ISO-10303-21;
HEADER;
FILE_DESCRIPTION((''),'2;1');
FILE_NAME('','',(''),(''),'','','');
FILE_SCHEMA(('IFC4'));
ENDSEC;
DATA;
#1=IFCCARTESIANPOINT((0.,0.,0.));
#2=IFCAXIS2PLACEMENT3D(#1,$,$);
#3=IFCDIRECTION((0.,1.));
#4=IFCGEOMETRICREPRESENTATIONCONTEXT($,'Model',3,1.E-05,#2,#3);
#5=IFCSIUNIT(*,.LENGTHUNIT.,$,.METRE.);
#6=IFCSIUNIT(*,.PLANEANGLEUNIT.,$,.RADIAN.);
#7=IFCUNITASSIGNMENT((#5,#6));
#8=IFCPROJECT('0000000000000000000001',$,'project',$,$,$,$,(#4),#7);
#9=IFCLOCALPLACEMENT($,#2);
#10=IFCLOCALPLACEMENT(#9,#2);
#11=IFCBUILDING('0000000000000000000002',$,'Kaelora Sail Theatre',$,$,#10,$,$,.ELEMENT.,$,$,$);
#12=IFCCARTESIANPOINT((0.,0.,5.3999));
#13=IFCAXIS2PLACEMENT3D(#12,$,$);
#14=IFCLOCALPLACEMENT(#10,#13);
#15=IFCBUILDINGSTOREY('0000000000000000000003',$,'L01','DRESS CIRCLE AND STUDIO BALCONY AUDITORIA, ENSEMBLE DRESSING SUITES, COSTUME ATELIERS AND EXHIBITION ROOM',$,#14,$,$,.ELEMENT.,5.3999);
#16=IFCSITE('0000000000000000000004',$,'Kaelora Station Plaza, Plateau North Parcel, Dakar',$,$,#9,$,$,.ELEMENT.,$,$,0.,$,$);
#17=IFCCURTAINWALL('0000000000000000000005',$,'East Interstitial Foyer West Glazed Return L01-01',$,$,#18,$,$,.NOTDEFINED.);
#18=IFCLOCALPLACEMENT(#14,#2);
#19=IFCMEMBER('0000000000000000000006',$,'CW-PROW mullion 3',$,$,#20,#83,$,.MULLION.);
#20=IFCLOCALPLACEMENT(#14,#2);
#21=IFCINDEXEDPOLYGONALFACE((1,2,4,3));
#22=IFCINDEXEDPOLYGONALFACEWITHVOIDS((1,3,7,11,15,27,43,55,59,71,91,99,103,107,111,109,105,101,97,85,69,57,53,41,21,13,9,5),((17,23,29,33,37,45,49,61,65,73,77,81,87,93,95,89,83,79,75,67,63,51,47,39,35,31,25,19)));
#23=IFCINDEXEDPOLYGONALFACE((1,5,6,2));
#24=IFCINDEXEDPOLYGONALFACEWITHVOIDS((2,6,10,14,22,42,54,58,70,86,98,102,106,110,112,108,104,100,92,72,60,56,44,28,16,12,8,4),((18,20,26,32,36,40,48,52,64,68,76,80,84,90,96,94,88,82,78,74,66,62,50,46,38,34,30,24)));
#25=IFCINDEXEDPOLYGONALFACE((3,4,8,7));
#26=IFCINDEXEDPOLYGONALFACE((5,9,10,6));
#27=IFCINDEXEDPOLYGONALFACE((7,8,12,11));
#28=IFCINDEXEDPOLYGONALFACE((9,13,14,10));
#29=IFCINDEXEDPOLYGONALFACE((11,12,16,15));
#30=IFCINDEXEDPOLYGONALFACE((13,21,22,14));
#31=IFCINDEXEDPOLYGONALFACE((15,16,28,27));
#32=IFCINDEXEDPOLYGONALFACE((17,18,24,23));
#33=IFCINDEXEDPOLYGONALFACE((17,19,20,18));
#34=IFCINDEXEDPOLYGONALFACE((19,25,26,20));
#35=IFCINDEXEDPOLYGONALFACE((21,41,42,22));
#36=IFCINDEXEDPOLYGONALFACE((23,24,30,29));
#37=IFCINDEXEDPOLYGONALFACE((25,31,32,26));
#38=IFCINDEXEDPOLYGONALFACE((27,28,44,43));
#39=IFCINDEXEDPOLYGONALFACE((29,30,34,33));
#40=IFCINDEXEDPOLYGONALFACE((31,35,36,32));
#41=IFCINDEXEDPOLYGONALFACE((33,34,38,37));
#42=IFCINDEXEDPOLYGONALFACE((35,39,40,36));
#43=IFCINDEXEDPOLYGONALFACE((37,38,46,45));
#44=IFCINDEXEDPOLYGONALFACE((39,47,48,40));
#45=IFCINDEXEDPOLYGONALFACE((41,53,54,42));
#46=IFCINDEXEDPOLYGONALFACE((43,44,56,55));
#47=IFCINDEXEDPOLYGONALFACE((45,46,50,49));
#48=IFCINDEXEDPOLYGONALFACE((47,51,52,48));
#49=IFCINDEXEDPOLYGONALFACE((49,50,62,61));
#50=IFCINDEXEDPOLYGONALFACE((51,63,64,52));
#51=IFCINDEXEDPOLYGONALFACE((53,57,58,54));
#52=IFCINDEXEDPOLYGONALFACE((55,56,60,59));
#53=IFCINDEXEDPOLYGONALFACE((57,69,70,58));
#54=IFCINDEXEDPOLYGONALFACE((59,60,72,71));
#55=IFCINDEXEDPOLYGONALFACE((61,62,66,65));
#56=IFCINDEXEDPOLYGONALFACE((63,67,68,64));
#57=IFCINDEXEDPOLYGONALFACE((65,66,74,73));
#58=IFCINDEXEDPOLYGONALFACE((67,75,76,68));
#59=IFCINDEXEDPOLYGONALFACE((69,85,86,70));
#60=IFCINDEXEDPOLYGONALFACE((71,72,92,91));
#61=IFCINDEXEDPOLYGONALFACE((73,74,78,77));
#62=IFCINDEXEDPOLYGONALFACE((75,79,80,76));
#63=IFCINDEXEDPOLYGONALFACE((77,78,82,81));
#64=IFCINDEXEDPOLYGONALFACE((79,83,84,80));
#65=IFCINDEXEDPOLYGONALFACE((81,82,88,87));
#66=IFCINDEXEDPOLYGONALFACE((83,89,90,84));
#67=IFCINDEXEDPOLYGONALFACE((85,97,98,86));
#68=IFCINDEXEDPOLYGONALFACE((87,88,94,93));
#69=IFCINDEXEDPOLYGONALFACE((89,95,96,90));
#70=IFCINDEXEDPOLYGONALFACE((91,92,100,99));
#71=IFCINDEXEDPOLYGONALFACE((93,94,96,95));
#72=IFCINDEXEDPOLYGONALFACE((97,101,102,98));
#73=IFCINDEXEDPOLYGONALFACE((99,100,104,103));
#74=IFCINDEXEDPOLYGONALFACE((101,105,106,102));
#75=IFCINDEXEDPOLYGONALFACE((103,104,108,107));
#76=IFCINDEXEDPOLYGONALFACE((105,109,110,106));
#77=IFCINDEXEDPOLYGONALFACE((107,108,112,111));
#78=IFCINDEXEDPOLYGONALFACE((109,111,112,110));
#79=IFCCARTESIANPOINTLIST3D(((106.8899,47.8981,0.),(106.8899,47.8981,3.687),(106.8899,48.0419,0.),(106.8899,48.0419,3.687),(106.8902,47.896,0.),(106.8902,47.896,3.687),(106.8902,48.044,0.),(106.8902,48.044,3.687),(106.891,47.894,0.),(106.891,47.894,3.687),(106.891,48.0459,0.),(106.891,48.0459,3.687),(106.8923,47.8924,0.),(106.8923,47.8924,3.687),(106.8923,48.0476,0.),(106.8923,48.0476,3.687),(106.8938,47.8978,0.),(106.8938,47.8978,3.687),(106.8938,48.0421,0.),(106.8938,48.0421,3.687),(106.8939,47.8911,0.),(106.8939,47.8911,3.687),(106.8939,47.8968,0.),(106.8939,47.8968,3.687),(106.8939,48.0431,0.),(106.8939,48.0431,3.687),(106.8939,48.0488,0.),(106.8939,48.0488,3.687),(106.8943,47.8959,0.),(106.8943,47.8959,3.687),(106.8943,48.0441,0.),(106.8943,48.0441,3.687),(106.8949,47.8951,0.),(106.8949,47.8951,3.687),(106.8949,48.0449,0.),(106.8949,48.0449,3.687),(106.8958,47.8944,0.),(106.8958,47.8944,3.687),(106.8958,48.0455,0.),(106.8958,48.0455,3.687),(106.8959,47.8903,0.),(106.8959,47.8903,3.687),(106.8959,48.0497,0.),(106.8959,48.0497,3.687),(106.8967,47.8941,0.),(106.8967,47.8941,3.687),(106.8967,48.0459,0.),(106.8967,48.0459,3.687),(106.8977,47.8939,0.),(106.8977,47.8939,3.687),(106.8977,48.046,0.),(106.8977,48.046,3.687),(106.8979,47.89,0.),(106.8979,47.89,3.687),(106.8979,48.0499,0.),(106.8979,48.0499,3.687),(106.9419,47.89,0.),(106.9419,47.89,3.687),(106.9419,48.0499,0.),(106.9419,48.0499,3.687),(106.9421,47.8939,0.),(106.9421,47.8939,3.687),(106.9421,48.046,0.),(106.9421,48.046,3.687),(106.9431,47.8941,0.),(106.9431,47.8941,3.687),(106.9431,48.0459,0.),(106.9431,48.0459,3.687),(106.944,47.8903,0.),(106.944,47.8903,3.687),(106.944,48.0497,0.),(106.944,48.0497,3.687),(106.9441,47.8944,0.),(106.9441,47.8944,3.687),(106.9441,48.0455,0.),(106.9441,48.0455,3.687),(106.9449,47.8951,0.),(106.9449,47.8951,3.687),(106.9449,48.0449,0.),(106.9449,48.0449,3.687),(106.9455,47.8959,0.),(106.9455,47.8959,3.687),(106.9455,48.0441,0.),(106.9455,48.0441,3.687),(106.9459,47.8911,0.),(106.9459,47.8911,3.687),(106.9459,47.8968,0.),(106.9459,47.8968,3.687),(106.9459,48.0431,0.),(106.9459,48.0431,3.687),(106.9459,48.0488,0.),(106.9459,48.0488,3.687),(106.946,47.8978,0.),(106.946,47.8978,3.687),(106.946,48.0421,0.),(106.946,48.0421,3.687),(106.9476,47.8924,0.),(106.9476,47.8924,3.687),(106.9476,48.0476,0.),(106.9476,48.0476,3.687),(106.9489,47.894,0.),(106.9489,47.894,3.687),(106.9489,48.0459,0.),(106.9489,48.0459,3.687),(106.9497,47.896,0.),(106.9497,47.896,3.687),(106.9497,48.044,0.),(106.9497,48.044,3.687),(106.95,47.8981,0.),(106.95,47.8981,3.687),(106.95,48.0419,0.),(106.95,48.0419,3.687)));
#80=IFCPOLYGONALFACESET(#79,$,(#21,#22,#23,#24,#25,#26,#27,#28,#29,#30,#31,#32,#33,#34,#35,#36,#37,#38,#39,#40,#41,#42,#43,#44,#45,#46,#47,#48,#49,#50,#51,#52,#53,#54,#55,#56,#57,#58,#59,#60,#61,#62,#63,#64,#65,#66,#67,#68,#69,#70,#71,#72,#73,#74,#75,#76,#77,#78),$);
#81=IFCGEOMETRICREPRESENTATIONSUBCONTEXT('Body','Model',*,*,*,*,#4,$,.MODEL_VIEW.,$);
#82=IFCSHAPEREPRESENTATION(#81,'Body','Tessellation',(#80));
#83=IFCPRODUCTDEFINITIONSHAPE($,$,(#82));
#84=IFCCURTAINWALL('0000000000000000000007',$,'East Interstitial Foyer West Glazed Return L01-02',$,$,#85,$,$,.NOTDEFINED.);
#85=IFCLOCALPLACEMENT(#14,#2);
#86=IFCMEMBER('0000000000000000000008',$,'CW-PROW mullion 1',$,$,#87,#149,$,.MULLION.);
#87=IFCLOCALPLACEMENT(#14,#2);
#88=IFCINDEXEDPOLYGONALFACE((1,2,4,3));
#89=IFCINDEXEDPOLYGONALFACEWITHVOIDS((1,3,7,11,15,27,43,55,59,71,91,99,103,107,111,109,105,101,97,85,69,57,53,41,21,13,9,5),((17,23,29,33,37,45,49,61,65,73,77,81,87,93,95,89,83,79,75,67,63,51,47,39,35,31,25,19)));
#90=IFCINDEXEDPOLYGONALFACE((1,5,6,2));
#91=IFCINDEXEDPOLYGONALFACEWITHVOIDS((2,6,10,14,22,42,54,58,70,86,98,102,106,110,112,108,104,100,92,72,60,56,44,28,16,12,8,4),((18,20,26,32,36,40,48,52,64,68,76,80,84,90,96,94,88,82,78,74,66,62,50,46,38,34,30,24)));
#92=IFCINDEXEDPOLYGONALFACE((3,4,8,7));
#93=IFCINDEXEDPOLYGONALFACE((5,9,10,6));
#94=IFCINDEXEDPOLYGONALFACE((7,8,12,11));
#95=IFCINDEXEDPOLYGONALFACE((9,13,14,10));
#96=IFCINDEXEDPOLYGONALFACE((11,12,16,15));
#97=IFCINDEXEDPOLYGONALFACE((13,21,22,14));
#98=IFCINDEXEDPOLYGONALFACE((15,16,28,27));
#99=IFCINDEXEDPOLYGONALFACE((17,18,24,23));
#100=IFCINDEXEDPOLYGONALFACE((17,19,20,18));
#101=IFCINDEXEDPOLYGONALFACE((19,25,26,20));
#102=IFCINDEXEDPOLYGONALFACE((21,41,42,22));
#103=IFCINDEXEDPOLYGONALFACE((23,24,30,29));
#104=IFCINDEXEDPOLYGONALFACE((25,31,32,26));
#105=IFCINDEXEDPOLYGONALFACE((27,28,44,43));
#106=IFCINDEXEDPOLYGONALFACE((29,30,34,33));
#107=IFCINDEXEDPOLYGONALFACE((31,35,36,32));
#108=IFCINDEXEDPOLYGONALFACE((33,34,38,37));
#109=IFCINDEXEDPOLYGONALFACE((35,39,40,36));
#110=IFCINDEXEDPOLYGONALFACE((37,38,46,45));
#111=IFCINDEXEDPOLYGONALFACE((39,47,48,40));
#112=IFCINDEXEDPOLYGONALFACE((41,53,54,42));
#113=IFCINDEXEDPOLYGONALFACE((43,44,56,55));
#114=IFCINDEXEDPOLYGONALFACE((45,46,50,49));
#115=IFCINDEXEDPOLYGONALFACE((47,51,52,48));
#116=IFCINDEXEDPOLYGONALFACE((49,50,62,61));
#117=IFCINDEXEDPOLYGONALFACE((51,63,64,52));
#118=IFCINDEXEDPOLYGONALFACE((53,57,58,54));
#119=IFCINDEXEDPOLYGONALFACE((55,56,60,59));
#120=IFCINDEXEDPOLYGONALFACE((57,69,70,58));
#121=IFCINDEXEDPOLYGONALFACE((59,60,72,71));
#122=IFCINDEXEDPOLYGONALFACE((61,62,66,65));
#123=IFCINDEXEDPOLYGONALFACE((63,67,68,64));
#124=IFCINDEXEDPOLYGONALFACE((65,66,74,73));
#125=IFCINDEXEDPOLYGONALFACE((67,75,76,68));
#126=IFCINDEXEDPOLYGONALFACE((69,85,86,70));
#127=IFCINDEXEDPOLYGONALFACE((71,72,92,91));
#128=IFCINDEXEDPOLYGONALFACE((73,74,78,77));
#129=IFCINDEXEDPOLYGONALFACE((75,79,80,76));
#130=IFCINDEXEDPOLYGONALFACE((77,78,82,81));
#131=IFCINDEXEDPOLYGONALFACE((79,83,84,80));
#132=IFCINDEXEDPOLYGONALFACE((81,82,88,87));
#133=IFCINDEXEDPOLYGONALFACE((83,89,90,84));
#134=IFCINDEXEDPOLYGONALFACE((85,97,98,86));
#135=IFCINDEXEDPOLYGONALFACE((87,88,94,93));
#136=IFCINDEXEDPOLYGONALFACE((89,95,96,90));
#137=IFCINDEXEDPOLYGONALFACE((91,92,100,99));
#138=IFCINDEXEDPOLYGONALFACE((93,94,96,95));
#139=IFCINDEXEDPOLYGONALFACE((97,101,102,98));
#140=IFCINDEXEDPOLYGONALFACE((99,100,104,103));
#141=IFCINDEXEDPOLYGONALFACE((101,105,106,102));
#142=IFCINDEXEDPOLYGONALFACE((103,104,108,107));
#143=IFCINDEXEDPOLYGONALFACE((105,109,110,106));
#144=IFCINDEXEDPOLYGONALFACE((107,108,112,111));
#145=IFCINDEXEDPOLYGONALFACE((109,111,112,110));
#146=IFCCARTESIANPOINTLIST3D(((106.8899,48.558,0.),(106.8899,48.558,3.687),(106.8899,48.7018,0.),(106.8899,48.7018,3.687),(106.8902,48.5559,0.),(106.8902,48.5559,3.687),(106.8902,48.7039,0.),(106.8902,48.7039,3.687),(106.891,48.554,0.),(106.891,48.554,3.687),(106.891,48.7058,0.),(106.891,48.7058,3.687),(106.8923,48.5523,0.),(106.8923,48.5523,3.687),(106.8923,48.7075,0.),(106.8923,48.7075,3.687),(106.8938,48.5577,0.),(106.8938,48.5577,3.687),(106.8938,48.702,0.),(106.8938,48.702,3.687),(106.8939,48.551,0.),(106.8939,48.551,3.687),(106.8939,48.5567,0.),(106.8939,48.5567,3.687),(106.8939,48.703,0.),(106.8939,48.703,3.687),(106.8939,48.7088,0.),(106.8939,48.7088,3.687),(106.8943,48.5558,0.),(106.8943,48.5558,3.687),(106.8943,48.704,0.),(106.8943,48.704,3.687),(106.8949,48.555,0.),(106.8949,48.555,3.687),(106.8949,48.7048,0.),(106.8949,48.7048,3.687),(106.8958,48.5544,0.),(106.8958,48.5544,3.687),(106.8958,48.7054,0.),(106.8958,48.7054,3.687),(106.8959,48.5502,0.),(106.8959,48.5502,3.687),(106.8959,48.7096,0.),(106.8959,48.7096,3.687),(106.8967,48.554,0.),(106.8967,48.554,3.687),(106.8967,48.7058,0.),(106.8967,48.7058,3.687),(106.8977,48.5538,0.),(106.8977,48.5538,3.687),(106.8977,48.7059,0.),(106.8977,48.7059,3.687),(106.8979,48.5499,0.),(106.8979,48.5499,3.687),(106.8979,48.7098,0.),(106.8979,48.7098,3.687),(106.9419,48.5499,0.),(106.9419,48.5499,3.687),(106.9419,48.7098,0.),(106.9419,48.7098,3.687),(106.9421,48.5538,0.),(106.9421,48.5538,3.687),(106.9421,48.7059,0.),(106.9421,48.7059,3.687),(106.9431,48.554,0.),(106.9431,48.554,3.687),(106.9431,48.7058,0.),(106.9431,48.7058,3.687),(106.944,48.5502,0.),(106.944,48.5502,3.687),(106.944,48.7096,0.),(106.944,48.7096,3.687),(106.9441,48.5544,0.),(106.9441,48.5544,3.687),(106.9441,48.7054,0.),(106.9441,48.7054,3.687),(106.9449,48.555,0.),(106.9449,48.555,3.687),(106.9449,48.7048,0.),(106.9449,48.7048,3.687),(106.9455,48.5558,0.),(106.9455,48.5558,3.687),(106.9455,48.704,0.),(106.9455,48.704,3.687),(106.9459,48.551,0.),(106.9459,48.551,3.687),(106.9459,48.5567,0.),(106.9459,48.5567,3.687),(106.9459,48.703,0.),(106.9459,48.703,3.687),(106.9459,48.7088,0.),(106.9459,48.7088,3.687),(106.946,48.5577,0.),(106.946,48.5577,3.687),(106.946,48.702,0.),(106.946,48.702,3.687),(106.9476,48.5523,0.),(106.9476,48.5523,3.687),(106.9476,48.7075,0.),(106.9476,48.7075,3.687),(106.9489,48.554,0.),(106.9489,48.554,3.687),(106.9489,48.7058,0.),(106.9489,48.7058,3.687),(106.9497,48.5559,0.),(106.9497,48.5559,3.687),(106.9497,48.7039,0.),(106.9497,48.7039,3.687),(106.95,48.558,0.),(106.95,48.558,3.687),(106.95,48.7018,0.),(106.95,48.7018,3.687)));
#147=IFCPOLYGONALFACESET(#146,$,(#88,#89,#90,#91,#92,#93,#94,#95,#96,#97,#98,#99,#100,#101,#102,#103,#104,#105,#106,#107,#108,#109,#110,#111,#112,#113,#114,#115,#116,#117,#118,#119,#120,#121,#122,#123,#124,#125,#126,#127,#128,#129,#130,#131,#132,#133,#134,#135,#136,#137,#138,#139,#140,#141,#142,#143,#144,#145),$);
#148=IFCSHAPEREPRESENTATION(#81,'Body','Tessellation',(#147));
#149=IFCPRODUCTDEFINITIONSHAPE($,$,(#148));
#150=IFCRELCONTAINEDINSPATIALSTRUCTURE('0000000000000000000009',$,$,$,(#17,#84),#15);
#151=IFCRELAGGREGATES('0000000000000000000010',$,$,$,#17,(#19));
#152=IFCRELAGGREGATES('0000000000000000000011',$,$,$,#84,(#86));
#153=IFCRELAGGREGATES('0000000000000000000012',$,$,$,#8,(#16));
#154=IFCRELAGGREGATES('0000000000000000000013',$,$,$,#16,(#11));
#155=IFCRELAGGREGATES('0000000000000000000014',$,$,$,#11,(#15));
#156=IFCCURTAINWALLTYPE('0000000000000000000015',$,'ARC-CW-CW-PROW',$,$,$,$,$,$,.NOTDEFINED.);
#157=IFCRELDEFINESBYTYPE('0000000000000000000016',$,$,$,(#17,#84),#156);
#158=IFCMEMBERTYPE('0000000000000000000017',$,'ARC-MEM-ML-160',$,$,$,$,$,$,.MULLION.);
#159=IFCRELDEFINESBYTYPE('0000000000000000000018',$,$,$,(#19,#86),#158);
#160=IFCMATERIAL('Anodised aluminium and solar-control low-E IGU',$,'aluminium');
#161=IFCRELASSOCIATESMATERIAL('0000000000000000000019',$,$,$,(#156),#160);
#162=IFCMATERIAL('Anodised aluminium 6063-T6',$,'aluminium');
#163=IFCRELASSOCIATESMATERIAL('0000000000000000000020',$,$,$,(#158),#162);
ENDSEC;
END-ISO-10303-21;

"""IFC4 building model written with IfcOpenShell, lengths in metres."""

from ifc_helpers import new_model, si_unit, direction, frame, origin, origin_2d, place, context, subcontext, project, spatial, hollow_rectangle, extrude, material, material_profile, profile_set, type_object, element, aggregate, save


model = new_model("IFC4")

# Units and contexts
model_context = context("Model", 3, precision=1e-05, world=origin(), true_north=direction((0.0, 1.0)))
body_context = subcontext(model_context, "Body", "Model", "MODEL_VIEW")
ifc_project = project(units=[si_unit("LENGTHUNIT", "METRE"), si_unit("PLANEANGLEUNIT", "RADIAN")], contexts=[model_context])

# Site, building, storey
site_placement = place(None, origin())
site = spatial("IfcSite", under=ifc_project, at=site_placement, Name="Kaelora Station Plaza, Plateau North Parcel, Dakar", CompositionType="ELEMENT", RefElevation=0.0)
building_placement = place(site_placement, origin())
building = spatial("IfcBuilding", under=site, at=building_placement, Name="Kaelora Sail Theatre", CompositionType="ELEMENT")
storey_placement = place(building_placement, frame((0.0, 0.0, 5.3999)))
storey = spatial("IfcBuildingStorey", under=building, at=storey_placement, Name="L01", Description="DRESS CIRCLE AND STUDIO BALCONY AUDITORIA, ENSEMBLE DRESSING SUITES, COSTUME ATELIERS AND EXHIBITION ROOM", CompositionType="ELEMENT", Elevation=5.3999)

# Curtain wall, member
ifc_material_1 = material(Name="Anodised aluminium and solar-control low-E IGU", Category="aluminium")
curtain_wall_type = type_object("IfcCurtainWallType", Name="ARC-CW-CW-PROW", PredefinedType="NOTDEFINED", material=ifc_material_1)
curtain_wall_1_placement = place(storey_placement, origin())
curtain_wall_1 = element("IfcCurtainWall", 1, at=curtain_wall_1_placement, inside=storey, type_object=curtain_wall_type, Name="East Interstitial Foyer West Glazed Return L01-01", PredefinedType="NOTDEFINED")
ifc_material_2 = material(Name="Anodised aluminium 6063-T6", Category="aluminium")
ifc_material_profile_1 = material_profile(ifc_material_2, hollow_rectangle(XDim=0.0601, YDim=0.1599, WallThickness=0.0039, InnerFilletRadius=0.0039, OuterFilletRadius=0.0081, at=origin_2d()), Name="ALU-MULL 60x160x4")
ifc_profile_set_1 = profile_set([ifc_material_profile_1], Name="Anodised aluminium 6063-T6")
member_type_1 = type_object("IfcMemberType", Name="ARC-MEM-ML-160", PredefinedType="MULLION", material=ifc_profile_set_1)
member_1_placement = place(storey_placement, frame((106.9199, 47.97, 0.0), z_axis=(0.0, 0.0, 1.0), x_axis=(-1.0, 0.0, 0.0)))
member_1 = element("IfcMember", 2, at=member_1_placement, type_object=member_type_1, Name="CW-PROW mullion 3", PredefinedType="MULLION", context=body_context, shape_type="SweptSolid", body=[
    extrude(hollow_rectangle(XDim=0.0601, YDim=0.1599, WallThickness=0.0039, InnerFilletRadius=0.0039, OuterFilletRadius=0.0081, at=origin_2d()), origin(), (0.0, 0.0, 1.0), 3.687),
])

# Curtain wall, member
curtain_wall_2_placement = place(storey_placement, origin())
curtain_wall_2 = element("IfcCurtainWall", 3, at=curtain_wall_2_placement, inside=storey, type_object=curtain_wall_type, Name="East Interstitial Foyer West Glazed Return L01-02", PredefinedType="NOTDEFINED")
member_2_placement = place(storey_placement, frame((106.9199, 48.6299, 0.0), z_axis=(0.0, 0.0, 1.0), x_axis=(-1.0, 0.0, 0.0)))
member_2 = element("IfcMember", 4, at=member_2_placement, type_object=member_type_1, Name="CW-PROW mullion 1", PredefinedType="MULLION", context=body_context, shape_type="SweptSolid", body=[
    extrude(hollow_rectangle(XDim=0.0601, YDim=0.1599, WallThickness=0.0039, InnerFilletRadius=0.0039, OuterFilletRadius=0.0081, at=origin_2d()), origin(), (0.0, 0.0, 1.0), 3.687),
])

aggregate(curtain_wall_1, [member_1])
aggregate(curtain_wall_2, [member_2])

save(model, "model.ifc")
